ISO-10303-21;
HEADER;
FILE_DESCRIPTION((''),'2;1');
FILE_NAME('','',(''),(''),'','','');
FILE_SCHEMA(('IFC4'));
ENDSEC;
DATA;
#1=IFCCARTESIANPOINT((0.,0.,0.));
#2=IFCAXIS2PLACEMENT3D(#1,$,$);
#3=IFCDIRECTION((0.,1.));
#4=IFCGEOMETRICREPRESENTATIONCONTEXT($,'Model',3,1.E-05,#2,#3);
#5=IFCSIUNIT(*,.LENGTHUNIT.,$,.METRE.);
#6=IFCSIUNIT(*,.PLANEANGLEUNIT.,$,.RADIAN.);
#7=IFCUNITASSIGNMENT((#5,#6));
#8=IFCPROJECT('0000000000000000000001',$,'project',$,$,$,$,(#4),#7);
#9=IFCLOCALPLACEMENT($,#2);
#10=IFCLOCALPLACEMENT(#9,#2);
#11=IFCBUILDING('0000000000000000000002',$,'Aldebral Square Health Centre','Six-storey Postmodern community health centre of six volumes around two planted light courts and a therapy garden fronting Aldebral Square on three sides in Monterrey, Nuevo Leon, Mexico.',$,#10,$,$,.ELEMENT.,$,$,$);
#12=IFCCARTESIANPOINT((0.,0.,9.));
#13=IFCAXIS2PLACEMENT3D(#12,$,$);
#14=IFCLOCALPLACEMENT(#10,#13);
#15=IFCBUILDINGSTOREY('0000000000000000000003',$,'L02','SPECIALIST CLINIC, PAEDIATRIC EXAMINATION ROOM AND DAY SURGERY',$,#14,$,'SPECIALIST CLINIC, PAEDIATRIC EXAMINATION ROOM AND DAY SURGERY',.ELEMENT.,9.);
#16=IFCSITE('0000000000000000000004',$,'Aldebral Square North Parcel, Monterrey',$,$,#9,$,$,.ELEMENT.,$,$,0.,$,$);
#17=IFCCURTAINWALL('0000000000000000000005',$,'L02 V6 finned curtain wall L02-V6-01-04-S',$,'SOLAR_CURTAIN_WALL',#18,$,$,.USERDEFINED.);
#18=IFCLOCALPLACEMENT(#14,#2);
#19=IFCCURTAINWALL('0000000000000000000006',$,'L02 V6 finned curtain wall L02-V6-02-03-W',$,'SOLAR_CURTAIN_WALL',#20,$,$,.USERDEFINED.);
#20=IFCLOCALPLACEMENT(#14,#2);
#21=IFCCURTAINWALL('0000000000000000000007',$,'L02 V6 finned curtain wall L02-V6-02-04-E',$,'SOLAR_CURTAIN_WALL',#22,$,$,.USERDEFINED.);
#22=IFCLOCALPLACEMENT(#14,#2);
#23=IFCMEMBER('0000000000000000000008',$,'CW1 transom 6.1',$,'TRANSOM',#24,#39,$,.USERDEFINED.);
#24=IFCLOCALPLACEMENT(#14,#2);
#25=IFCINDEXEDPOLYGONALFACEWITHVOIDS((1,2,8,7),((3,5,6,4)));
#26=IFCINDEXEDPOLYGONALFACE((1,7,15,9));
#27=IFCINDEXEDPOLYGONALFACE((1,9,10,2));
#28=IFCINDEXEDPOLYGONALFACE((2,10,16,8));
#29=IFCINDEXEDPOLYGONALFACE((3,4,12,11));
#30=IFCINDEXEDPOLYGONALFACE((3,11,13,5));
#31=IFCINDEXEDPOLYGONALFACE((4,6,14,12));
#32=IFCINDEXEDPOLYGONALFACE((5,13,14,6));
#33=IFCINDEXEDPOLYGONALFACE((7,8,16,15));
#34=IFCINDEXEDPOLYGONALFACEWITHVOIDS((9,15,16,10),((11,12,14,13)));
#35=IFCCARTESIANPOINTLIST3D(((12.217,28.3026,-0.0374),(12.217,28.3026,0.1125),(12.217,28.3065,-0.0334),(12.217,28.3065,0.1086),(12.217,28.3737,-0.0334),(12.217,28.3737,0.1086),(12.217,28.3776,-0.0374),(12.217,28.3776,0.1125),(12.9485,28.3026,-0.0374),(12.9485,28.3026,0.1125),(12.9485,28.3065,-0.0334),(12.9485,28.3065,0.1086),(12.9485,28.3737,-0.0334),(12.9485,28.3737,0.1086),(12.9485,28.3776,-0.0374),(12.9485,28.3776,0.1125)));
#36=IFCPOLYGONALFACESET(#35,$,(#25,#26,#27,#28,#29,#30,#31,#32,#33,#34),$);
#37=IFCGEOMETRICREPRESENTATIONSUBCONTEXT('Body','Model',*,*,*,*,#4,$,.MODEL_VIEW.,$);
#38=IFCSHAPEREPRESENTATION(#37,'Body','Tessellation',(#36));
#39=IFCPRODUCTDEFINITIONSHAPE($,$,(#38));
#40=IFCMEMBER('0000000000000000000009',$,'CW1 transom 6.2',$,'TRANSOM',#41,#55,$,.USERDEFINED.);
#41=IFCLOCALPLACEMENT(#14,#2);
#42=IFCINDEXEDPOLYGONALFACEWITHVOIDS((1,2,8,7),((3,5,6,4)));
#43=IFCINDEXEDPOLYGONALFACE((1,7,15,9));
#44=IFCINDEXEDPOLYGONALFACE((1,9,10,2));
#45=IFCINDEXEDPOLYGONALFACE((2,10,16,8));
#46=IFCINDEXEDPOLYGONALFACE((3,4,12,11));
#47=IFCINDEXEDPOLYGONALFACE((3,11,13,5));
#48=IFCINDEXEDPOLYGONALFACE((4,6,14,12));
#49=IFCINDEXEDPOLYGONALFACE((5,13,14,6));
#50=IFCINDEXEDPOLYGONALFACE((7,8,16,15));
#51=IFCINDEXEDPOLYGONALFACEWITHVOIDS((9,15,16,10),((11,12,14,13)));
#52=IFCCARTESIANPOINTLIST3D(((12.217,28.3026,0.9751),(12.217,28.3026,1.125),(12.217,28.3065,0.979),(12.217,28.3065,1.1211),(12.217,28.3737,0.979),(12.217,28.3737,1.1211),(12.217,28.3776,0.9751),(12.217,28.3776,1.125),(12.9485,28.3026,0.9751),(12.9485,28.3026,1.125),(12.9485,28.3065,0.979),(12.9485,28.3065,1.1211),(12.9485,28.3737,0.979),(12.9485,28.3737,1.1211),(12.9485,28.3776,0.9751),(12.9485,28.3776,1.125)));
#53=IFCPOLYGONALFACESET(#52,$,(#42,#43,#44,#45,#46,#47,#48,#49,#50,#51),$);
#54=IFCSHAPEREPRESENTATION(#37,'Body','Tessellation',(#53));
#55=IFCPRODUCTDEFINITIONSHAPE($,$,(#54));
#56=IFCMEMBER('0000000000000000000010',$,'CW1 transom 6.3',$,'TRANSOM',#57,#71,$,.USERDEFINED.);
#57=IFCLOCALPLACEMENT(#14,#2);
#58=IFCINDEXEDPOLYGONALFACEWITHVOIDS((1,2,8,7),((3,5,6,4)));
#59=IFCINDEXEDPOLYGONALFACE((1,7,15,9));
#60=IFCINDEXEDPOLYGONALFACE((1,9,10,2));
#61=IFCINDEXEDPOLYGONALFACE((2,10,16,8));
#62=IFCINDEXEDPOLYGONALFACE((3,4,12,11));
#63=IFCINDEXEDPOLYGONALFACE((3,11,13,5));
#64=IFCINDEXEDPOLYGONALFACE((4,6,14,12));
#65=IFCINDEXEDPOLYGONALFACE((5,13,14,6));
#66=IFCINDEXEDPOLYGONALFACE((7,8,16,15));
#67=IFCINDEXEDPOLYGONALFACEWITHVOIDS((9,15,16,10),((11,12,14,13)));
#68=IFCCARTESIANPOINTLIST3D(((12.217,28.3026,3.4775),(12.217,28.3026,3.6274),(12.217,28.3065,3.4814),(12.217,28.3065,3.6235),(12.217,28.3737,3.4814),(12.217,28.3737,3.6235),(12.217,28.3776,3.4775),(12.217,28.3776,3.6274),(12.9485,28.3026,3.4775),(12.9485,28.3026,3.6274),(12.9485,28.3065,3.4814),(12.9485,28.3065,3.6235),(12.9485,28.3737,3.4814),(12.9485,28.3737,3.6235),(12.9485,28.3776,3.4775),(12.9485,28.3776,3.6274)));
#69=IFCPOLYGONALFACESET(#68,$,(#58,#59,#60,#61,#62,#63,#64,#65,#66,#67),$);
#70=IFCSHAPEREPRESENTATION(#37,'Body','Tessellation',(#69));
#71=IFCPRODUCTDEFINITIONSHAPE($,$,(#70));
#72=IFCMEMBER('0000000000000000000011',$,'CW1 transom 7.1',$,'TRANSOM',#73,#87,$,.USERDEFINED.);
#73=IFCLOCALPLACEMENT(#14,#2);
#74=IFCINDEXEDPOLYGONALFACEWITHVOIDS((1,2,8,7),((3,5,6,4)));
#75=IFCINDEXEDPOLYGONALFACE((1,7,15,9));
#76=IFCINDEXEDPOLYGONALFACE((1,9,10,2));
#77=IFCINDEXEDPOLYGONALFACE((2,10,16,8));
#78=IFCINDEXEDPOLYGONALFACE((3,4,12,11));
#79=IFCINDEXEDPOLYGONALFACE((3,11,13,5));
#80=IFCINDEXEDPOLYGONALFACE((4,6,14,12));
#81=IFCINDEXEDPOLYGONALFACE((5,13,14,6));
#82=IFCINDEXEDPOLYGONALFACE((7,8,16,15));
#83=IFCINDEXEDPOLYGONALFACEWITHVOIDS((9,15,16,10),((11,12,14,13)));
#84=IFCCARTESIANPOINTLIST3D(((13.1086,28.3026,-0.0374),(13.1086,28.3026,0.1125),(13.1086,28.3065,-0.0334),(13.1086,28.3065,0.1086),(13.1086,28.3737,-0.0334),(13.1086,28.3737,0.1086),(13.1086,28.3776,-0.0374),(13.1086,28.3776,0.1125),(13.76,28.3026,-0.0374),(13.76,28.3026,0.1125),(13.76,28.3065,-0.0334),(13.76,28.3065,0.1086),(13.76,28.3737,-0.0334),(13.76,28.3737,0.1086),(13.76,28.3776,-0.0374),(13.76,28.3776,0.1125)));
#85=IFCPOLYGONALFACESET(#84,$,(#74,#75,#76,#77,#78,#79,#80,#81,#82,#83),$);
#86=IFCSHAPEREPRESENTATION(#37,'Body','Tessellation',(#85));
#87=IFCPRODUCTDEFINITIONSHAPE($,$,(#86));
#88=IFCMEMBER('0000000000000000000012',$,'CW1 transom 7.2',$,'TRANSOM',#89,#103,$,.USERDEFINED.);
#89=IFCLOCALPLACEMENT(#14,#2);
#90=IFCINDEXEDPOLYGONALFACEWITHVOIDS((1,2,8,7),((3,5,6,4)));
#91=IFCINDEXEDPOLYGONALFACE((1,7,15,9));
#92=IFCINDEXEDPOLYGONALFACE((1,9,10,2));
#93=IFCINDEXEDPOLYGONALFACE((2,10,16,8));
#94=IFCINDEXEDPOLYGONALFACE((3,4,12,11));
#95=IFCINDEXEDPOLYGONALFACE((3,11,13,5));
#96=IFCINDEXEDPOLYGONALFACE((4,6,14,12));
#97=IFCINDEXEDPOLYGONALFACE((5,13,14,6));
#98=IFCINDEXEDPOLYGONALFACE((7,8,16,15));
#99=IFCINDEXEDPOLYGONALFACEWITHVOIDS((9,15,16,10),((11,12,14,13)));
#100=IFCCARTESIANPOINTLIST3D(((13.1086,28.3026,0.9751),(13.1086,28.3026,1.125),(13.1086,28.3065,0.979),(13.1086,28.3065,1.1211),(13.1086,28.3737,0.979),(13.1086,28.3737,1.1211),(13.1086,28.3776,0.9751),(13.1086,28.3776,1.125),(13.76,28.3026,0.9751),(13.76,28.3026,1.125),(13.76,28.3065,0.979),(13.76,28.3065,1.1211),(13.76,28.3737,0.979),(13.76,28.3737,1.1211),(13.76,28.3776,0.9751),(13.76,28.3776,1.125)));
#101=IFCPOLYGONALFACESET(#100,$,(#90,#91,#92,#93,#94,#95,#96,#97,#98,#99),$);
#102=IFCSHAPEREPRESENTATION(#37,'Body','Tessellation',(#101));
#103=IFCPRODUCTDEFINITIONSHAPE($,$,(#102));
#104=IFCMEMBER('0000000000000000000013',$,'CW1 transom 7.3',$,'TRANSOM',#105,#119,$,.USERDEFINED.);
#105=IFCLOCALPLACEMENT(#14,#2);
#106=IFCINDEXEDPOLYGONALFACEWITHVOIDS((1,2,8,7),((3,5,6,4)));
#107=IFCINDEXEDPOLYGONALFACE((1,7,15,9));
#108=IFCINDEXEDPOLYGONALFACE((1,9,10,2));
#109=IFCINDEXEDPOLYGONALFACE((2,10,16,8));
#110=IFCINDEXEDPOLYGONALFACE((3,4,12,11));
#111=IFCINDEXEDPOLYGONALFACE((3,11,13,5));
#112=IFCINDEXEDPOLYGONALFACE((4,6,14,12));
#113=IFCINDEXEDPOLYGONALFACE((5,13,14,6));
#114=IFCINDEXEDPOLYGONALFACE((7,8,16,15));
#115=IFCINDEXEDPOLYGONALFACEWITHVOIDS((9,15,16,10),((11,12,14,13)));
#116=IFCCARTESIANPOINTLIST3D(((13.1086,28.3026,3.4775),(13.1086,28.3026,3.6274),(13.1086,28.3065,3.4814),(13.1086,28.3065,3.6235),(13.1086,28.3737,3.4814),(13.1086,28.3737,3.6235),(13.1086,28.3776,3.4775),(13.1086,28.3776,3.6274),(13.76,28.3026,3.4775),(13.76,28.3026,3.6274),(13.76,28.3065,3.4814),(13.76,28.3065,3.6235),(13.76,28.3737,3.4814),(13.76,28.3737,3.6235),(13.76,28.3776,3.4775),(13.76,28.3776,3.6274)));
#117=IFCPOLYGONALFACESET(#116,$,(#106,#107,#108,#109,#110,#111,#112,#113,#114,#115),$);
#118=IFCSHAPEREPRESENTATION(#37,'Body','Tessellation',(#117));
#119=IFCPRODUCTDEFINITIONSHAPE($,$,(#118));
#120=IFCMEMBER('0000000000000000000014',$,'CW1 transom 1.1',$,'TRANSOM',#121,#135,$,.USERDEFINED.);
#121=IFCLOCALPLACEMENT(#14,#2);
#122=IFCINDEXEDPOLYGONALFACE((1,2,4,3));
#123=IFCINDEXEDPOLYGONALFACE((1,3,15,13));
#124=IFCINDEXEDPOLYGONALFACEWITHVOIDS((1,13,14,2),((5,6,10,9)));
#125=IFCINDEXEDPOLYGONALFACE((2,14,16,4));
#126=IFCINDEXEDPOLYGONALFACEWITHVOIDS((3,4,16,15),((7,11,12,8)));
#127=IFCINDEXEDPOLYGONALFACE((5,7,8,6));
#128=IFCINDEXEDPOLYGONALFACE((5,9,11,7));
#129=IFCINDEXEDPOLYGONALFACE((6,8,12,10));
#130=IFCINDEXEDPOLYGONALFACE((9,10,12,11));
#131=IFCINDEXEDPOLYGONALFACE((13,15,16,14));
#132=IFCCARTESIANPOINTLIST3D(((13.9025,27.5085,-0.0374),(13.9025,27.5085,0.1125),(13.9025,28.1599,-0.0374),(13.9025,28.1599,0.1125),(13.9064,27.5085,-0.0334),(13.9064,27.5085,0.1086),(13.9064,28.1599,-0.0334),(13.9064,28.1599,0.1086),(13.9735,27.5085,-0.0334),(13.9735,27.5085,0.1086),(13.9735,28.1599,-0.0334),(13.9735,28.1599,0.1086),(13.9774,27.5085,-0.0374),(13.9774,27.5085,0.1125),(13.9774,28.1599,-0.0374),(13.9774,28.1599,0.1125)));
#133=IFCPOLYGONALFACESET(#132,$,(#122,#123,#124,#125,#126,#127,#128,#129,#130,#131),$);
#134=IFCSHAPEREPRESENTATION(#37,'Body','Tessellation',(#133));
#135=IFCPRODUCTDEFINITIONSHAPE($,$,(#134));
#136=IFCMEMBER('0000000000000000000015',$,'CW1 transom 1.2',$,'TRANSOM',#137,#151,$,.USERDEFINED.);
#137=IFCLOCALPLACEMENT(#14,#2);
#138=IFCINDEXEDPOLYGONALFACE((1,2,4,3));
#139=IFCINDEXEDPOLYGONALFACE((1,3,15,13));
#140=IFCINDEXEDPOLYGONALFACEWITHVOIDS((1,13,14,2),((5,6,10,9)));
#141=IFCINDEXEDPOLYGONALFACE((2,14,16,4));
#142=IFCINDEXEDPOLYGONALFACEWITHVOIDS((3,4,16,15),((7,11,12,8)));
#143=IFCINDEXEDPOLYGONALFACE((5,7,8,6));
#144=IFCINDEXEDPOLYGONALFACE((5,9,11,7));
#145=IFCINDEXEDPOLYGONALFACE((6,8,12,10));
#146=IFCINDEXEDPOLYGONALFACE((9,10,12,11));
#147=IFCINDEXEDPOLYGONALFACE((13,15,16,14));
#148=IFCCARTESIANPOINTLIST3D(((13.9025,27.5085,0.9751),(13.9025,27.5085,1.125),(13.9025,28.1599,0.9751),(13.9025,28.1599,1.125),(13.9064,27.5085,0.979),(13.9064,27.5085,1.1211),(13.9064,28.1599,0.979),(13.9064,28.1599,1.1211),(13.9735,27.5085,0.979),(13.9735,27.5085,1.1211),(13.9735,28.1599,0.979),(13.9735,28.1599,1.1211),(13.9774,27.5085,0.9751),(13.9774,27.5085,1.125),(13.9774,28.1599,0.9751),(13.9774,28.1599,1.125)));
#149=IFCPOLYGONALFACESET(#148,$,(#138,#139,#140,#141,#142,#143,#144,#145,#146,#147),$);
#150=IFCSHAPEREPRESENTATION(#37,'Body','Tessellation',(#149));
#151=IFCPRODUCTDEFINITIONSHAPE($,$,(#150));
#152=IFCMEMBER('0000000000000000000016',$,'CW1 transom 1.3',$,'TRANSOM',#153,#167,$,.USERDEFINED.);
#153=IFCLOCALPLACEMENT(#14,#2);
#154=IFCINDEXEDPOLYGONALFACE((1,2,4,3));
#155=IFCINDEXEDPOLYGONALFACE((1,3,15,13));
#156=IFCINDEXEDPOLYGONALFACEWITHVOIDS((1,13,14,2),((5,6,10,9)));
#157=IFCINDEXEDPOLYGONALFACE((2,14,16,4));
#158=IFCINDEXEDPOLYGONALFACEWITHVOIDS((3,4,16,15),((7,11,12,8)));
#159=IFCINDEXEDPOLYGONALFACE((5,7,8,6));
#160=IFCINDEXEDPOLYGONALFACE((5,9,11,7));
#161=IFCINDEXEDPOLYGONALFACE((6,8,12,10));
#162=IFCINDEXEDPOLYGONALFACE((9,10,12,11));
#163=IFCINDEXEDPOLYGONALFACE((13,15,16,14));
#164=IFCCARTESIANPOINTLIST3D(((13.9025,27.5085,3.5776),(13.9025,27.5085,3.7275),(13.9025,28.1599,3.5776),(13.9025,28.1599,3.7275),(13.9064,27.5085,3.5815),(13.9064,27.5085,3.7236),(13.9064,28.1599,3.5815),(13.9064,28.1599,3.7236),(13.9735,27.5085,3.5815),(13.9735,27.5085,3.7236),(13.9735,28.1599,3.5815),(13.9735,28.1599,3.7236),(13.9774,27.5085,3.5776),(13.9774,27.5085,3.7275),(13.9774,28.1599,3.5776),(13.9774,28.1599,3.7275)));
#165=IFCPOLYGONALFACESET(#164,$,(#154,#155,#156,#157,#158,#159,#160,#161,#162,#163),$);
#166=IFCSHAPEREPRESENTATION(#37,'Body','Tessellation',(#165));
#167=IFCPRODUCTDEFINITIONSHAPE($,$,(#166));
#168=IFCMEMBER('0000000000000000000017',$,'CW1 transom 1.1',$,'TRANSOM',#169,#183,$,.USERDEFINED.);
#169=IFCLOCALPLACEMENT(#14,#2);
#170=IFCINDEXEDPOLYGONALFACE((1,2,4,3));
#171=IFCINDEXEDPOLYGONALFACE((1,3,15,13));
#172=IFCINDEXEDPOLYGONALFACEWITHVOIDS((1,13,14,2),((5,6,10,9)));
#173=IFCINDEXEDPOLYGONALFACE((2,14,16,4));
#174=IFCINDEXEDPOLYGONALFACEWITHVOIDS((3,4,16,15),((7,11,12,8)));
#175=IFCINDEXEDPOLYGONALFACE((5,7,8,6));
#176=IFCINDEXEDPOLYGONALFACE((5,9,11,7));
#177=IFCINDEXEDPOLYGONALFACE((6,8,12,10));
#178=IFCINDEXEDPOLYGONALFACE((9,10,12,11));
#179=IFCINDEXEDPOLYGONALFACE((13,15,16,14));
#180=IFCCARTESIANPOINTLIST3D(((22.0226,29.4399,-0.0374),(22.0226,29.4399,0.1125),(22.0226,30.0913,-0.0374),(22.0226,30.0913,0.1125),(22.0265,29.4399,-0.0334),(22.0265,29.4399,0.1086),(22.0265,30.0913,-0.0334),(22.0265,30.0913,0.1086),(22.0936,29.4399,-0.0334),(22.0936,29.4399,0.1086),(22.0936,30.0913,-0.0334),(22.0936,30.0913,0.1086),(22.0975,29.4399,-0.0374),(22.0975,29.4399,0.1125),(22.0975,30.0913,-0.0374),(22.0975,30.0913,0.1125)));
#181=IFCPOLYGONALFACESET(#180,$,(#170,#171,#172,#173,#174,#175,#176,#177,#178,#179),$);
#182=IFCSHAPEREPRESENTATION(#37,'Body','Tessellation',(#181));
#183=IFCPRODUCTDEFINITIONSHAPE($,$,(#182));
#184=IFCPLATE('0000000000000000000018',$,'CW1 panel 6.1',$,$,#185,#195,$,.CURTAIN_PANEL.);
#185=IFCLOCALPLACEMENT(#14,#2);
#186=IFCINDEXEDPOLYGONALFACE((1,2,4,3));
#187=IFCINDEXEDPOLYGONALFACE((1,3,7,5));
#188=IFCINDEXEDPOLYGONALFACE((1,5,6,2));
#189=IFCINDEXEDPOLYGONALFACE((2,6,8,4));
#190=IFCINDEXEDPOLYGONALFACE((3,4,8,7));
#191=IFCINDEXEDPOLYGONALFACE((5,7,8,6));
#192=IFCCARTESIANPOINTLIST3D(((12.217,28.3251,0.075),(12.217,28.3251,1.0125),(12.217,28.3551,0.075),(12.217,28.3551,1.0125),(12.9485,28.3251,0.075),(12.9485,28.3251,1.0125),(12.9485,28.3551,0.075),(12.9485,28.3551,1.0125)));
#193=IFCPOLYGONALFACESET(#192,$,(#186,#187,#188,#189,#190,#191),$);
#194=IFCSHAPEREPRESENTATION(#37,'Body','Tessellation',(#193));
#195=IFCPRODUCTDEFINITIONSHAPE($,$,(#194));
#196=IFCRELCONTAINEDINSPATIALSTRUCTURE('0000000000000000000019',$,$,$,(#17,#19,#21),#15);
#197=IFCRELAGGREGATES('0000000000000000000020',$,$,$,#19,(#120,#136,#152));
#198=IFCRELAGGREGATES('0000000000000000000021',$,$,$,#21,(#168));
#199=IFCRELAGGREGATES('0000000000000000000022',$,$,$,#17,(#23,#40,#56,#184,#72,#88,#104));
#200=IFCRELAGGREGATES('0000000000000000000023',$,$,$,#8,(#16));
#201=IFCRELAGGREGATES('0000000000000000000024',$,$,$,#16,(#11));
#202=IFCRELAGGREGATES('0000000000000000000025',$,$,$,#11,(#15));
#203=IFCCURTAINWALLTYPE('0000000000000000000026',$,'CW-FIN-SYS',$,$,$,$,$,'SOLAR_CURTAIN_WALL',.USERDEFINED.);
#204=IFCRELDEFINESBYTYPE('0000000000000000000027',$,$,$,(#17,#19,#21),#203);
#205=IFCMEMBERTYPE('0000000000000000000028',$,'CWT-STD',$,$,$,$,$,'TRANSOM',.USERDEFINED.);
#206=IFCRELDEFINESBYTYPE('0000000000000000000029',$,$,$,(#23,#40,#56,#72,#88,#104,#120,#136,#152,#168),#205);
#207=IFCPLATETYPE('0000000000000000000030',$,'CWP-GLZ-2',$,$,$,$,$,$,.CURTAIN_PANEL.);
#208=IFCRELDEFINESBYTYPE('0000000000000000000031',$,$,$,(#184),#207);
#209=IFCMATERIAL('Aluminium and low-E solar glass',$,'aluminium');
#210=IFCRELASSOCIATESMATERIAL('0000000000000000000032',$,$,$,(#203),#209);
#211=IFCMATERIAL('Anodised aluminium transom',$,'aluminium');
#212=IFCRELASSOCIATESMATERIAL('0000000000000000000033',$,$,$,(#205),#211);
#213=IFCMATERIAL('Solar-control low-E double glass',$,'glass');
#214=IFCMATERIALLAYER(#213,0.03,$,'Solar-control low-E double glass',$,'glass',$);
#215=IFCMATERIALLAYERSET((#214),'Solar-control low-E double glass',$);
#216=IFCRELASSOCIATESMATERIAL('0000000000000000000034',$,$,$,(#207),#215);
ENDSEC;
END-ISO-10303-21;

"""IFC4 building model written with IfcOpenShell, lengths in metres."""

from ifc_helpers import new_model, si_unit, direction, frame, origin, origin_2d, place, context, subcontext, project, spatial, rectangle, hollow_rectangle, extrude, material, layer, layer_set, material_profile, profile_set, type_object, element, aggregate, save


model = new_model("IFC4")

# Units and contexts
model_context = context("Model", 3, precision=1e-05, world=origin(), true_north=direction((0.0, 1.0)))
body_context = subcontext(model_context, "Body", "Model", "MODEL_VIEW")
ifc_project = project(units=[si_unit("LENGTHUNIT", "METRE"), si_unit("PLANEANGLEUNIT", "RADIAN")], contexts=[model_context])

# Site, building, storey
site_placement = place(None, origin())
site = spatial("IfcSite", under=ifc_project, at=site_placement, Name="Aldebral Square North Parcel, Monterrey", CompositionType="ELEMENT", RefElevation=0.0)
building_placement = place(site_placement, origin())
building = spatial("IfcBuilding", under=site, at=building_placement, Name="Aldebral Square Health Centre", Description="Six-storey Postmodern community health centre of six volumes around two planted light courts and a therapy garden fronting Aldebral Square on three sides in Monterrey, Nuevo Leon, Mexico.", CompositionType="ELEMENT")
storey_placement = place(building_placement, frame((0.0, 0.0, 9.0)))
storey = spatial("IfcBuildingStorey", under=building, at=storey_placement, Name="L02", Description="SPECIALIST CLINIC, PAEDIATRIC EXAMINATION ROOM AND DAY SURGERY", LongName="SPECIALIST CLINIC, PAEDIATRIC EXAMINATION ROOM AND DAY SURGERY", CompositionType="ELEMENT", Elevation=9.0)

# Curtain wall
ifc_material_1 = material(Name="Aluminium and low-E solar glass", Category="aluminium")
curtain_wall_type = type_object("IfcCurtainWallType", Name="CW-FIN-SYS", ElementType="SOLAR_CURTAIN_WALL", PredefinedType="USERDEFINED", material=ifc_material_1)
curtain_wall_1_placement = place(storey_placement, origin())
curtain_wall_1 = element("IfcCurtainWall", 1, at=curtain_wall_1_placement, inside=storey, type_object=curtain_wall_type, Name="L02 V6 finned curtain wall L02-V6-01-04-S", ObjectType="SOLAR_CURTAIN_WALL", PredefinedType="USERDEFINED")

# Curtain walls
curtain_wall_2_placement = place(storey_placement, origin())
curtain_wall_2 = element("IfcCurtainWall", 2, at=curtain_wall_2_placement, inside=storey, type_object=curtain_wall_type, Name="L02 V6 finned curtain wall L02-V6-02-03-W", ObjectType="SOLAR_CURTAIN_WALL", PredefinedType="USERDEFINED")
curtain_wall_3_placement = place(storey_placement, origin())
curtain_wall_3 = element("IfcCurtainWall", 3, at=curtain_wall_3_placement, inside=storey, type_object=curtain_wall_type, Name="L02 V6 finned curtain wall L02-V6-02-04-E", ObjectType="SOLAR_CURTAIN_WALL", PredefinedType="USERDEFINED")

# Members
ifc_material_2 = material(Name="Anodised aluminium transom", Category="aluminium")
ifc_material_profile_1 = material_profile(ifc_material_2, hollow_rectangle(XDim=0.075, YDim=0.1499, WallThickness=0.0039, at=origin_2d()), Name="CWT 75x150x4")
ifc_profile_set_1 = profile_set([ifc_material_profile_1], Name="Anodised aluminium transom")
member_type_1 = type_object("IfcMemberType", Name="CWT-STD", ElementType="TRANSOM", PredefinedType="USERDEFINED", material=ifc_profile_set_1)
member_1_placement = place(storey_placement, frame((12.217, 28.3401, 0.0376), z_axis=(1.0, 0.0, 0.0), x_axis=(0.0, 1.0, 0.0)))
member_1 = element("IfcMember", 4, at=member_1_placement, type_object=member_type_1, Name="CW1 transom 6.1", ObjectType="TRANSOM", PredefinedType="USERDEFINED", context=body_context, shape_type="SweptSolid", body=[
    extrude(hollow_rectangle(XDim=0.075, YDim=0.1499, WallThickness=0.0039, at=origin_2d()), origin(), (0.0, 0.0, 1.0), 0.7314),
])
member_2_placement = place(storey_placement, frame((12.217, 28.3401, 1.05), z_axis=(1.0, 0.0, 0.0), x_axis=(0.0, 1.0, 0.0)))
member_2 = element("IfcMember", 5, at=member_2_placement, type_object=member_type_1, Name="CW1 transom 6.2", ObjectType="TRANSOM", PredefinedType="USERDEFINED", context=body_context, shape_type="SweptSolid", body=[
    extrude(hollow_rectangle(XDim=0.075, YDim=0.1499, WallThickness=0.0039, at=origin_2d()), origin(), (0.0, 0.0, 1.0), 0.7314),
])
member_3_placement = place(storey_placement, frame((12.217, 28.3401, 3.5525), z_axis=(1.0, 0.0, 0.0), x_axis=(0.0, 1.0, 0.0)))
member_3 = element("IfcMember", 6, at=member_3_placement, type_object=member_type_1, Name="CW1 transom 6.3", ObjectType="TRANSOM", PredefinedType="USERDEFINED", context=body_context, shape_type="SweptSolid", body=[
    extrude(hollow_rectangle(XDim=0.075, YDim=0.1499, WallThickness=0.0039, at=origin_2d()), origin(), (0.0, 0.0, 1.0), 0.7314),
])
member_4_placement = place(storey_placement, frame((13.1086, 28.3401, 0.0376), z_axis=(1.0, 0.0, 0.0), x_axis=(0.0, 1.0, 0.0)))
member_4 = element("IfcMember", 7, at=member_4_placement, type_object=member_type_1, Name="CW1 transom 7.1", ObjectType="TRANSOM", PredefinedType="USERDEFINED", context=body_context, shape_type="SweptSolid", body=[
    extrude(hollow_rectangle(XDim=0.075, YDim=0.1499, WallThickness=0.0039, at=origin_2d()), origin(), (0.0, 0.0, 1.0), 0.6514),
])
member_5_placement = place(storey_placement, frame((13.1086, 28.3401, 1.05), z_axis=(1.0, 0.0, 0.0), x_axis=(0.0, 1.0, 0.0)))
member_5 = element("IfcMember", 8, at=member_5_placement, type_object=member_type_1, Name="CW1 transom 7.2", ObjectType="TRANSOM", PredefinedType="USERDEFINED", context=body_context, shape_type="SweptSolid", body=[
    extrude(hollow_rectangle(XDim=0.075, YDim=0.1499, WallThickness=0.0039, at=origin_2d()), origin(), (0.0, 0.0, 1.0), 0.6514),
])
member_6_placement = place(storey_placement, frame((13.1086, 28.3401, 3.5525), z_axis=(1.0, 0.0, 0.0), x_axis=(0.0, 1.0, 0.0)))
member_6 = element("IfcMember", 9, at=member_6_placement, type_object=member_type_1, Name="CW1 transom 7.3", ObjectType="TRANSOM", PredefinedType="USERDEFINED", context=body_context, shape_type="SweptSolid", body=[
    extrude(hollow_rectangle(XDim=0.075, YDim=0.1499, WallThickness=0.0039, at=origin_2d()), origin(), (0.0, 0.0, 1.0), 0.6514),
])
member_7_placement = place(storey_placement, frame((13.9399, 28.1599, 0.0376), z_axis=(0.0, -1.0, 0.0), x_axis=(1.0, 0.0, 0.0)))
member_7 = element("IfcMember", 10, at=member_7_placement, type_object=member_type_1, Name="CW1 transom 1.1", ObjectType="TRANSOM", PredefinedType="USERDEFINED", context=body_context, shape_type="SweptSolid", body=[
    extrude(hollow_rectangle(XDim=0.075, YDim=0.1499, WallThickness=0.0039, at=origin_2d()), origin(), (0.0, 0.0, 1.0), 0.6514),
])
member_8_placement = place(storey_placement, frame((13.9399, 28.1599, 1.05), z_axis=(0.0, -1.0, 0.0), x_axis=(1.0, 0.0, 0.0)))
member_8 = element("IfcMember", 11, at=member_8_placement, type_object=member_type_1, Name="CW1 transom 1.2", ObjectType="TRANSOM", PredefinedType="USERDEFINED", context=body_context, shape_type="SweptSolid", body=[
    extrude(hollow_rectangle(XDim=0.075, YDim=0.1499, WallThickness=0.0039, at=origin_2d()), origin(), (0.0, 0.0, 1.0), 0.6514),
])
member_9_placement = place(storey_placement, frame((13.9399, 28.1599, 3.6526), z_axis=(0.0, -1.0, 0.0), x_axis=(1.0, 0.0, 0.0)))
member_9 = element("IfcMember", 12, at=member_9_placement, type_object=member_type_1, Name="CW1 transom 1.3", ObjectType="TRANSOM", PredefinedType="USERDEFINED", context=body_context, shape_type="SweptSolid", body=[
    extrude(hollow_rectangle(XDim=0.075, YDim=0.1499, WallThickness=0.0039, at=origin_2d()), origin(), (0.0, 0.0, 1.0), 0.6514),
])
aggregate(curtain_wall_2, [member_7, member_8, member_9])
member_10_placement = place(storey_placement, frame((22.0601, 29.4399, 0.0376), z_axis=(0.0, 1.0, 0.0), x_axis=(-1.0, 0.0, 0.0)))
member_10 = element("IfcMember", 13, at=member_10_placement, type_object=member_type_1, Name="CW1 transom 1.1", ObjectType="TRANSOM", PredefinedType="USERDEFINED", context=body_context, shape_type="SweptSolid", body=[
    extrude(hollow_rectangle(XDim=0.075, YDim=0.1499, WallThickness=0.0039, at=origin_2d()), origin(), (0.0, 0.0, 1.0), 0.6514),
])
aggregate(curtain_wall_3, [member_10])

# Plate
ifc_material_3 = material(Name="Solar-control low-E double glass", Category="glass")
ifc_layer_1 = layer(ifc_material_3, 0.03, Name="Solar-control low-E double glass", Category="glass")
ifc_layer_set_1 = layer_set([ifc_layer_1], Name="Solar-control low-E double glass")
plate_type = type_object("IfcPlateType", Name="CWP-GLZ-2", PredefinedType="CURTAIN_PANEL", material=ifc_layer_set_1)
plate_1_placement = place(storey_placement, frame((12.5828, 28.3401, 0.075), z_axis=(0.0, 0.0, 1.0), x_axis=(1.0, 0.0, 0.0)))
plate_1 = element("IfcPlate", 14, at=plate_1_placement, type_object=plate_type, Name="CW1 panel 6.1", PredefinedType="CURTAIN_PANEL", context=body_context, shape_type="SweptSolid", body=[
    extrude(rectangle(XDim=0.7314, YDim=0.03, at=origin_2d()), origin(), (0.0, 0.0, 1.0), 0.9375),
])
aggregate(curtain_wall_1, [member_1, member_2, member_3, plate_1, member_4, member_5, member_6])

save(model, "model.ifc")
